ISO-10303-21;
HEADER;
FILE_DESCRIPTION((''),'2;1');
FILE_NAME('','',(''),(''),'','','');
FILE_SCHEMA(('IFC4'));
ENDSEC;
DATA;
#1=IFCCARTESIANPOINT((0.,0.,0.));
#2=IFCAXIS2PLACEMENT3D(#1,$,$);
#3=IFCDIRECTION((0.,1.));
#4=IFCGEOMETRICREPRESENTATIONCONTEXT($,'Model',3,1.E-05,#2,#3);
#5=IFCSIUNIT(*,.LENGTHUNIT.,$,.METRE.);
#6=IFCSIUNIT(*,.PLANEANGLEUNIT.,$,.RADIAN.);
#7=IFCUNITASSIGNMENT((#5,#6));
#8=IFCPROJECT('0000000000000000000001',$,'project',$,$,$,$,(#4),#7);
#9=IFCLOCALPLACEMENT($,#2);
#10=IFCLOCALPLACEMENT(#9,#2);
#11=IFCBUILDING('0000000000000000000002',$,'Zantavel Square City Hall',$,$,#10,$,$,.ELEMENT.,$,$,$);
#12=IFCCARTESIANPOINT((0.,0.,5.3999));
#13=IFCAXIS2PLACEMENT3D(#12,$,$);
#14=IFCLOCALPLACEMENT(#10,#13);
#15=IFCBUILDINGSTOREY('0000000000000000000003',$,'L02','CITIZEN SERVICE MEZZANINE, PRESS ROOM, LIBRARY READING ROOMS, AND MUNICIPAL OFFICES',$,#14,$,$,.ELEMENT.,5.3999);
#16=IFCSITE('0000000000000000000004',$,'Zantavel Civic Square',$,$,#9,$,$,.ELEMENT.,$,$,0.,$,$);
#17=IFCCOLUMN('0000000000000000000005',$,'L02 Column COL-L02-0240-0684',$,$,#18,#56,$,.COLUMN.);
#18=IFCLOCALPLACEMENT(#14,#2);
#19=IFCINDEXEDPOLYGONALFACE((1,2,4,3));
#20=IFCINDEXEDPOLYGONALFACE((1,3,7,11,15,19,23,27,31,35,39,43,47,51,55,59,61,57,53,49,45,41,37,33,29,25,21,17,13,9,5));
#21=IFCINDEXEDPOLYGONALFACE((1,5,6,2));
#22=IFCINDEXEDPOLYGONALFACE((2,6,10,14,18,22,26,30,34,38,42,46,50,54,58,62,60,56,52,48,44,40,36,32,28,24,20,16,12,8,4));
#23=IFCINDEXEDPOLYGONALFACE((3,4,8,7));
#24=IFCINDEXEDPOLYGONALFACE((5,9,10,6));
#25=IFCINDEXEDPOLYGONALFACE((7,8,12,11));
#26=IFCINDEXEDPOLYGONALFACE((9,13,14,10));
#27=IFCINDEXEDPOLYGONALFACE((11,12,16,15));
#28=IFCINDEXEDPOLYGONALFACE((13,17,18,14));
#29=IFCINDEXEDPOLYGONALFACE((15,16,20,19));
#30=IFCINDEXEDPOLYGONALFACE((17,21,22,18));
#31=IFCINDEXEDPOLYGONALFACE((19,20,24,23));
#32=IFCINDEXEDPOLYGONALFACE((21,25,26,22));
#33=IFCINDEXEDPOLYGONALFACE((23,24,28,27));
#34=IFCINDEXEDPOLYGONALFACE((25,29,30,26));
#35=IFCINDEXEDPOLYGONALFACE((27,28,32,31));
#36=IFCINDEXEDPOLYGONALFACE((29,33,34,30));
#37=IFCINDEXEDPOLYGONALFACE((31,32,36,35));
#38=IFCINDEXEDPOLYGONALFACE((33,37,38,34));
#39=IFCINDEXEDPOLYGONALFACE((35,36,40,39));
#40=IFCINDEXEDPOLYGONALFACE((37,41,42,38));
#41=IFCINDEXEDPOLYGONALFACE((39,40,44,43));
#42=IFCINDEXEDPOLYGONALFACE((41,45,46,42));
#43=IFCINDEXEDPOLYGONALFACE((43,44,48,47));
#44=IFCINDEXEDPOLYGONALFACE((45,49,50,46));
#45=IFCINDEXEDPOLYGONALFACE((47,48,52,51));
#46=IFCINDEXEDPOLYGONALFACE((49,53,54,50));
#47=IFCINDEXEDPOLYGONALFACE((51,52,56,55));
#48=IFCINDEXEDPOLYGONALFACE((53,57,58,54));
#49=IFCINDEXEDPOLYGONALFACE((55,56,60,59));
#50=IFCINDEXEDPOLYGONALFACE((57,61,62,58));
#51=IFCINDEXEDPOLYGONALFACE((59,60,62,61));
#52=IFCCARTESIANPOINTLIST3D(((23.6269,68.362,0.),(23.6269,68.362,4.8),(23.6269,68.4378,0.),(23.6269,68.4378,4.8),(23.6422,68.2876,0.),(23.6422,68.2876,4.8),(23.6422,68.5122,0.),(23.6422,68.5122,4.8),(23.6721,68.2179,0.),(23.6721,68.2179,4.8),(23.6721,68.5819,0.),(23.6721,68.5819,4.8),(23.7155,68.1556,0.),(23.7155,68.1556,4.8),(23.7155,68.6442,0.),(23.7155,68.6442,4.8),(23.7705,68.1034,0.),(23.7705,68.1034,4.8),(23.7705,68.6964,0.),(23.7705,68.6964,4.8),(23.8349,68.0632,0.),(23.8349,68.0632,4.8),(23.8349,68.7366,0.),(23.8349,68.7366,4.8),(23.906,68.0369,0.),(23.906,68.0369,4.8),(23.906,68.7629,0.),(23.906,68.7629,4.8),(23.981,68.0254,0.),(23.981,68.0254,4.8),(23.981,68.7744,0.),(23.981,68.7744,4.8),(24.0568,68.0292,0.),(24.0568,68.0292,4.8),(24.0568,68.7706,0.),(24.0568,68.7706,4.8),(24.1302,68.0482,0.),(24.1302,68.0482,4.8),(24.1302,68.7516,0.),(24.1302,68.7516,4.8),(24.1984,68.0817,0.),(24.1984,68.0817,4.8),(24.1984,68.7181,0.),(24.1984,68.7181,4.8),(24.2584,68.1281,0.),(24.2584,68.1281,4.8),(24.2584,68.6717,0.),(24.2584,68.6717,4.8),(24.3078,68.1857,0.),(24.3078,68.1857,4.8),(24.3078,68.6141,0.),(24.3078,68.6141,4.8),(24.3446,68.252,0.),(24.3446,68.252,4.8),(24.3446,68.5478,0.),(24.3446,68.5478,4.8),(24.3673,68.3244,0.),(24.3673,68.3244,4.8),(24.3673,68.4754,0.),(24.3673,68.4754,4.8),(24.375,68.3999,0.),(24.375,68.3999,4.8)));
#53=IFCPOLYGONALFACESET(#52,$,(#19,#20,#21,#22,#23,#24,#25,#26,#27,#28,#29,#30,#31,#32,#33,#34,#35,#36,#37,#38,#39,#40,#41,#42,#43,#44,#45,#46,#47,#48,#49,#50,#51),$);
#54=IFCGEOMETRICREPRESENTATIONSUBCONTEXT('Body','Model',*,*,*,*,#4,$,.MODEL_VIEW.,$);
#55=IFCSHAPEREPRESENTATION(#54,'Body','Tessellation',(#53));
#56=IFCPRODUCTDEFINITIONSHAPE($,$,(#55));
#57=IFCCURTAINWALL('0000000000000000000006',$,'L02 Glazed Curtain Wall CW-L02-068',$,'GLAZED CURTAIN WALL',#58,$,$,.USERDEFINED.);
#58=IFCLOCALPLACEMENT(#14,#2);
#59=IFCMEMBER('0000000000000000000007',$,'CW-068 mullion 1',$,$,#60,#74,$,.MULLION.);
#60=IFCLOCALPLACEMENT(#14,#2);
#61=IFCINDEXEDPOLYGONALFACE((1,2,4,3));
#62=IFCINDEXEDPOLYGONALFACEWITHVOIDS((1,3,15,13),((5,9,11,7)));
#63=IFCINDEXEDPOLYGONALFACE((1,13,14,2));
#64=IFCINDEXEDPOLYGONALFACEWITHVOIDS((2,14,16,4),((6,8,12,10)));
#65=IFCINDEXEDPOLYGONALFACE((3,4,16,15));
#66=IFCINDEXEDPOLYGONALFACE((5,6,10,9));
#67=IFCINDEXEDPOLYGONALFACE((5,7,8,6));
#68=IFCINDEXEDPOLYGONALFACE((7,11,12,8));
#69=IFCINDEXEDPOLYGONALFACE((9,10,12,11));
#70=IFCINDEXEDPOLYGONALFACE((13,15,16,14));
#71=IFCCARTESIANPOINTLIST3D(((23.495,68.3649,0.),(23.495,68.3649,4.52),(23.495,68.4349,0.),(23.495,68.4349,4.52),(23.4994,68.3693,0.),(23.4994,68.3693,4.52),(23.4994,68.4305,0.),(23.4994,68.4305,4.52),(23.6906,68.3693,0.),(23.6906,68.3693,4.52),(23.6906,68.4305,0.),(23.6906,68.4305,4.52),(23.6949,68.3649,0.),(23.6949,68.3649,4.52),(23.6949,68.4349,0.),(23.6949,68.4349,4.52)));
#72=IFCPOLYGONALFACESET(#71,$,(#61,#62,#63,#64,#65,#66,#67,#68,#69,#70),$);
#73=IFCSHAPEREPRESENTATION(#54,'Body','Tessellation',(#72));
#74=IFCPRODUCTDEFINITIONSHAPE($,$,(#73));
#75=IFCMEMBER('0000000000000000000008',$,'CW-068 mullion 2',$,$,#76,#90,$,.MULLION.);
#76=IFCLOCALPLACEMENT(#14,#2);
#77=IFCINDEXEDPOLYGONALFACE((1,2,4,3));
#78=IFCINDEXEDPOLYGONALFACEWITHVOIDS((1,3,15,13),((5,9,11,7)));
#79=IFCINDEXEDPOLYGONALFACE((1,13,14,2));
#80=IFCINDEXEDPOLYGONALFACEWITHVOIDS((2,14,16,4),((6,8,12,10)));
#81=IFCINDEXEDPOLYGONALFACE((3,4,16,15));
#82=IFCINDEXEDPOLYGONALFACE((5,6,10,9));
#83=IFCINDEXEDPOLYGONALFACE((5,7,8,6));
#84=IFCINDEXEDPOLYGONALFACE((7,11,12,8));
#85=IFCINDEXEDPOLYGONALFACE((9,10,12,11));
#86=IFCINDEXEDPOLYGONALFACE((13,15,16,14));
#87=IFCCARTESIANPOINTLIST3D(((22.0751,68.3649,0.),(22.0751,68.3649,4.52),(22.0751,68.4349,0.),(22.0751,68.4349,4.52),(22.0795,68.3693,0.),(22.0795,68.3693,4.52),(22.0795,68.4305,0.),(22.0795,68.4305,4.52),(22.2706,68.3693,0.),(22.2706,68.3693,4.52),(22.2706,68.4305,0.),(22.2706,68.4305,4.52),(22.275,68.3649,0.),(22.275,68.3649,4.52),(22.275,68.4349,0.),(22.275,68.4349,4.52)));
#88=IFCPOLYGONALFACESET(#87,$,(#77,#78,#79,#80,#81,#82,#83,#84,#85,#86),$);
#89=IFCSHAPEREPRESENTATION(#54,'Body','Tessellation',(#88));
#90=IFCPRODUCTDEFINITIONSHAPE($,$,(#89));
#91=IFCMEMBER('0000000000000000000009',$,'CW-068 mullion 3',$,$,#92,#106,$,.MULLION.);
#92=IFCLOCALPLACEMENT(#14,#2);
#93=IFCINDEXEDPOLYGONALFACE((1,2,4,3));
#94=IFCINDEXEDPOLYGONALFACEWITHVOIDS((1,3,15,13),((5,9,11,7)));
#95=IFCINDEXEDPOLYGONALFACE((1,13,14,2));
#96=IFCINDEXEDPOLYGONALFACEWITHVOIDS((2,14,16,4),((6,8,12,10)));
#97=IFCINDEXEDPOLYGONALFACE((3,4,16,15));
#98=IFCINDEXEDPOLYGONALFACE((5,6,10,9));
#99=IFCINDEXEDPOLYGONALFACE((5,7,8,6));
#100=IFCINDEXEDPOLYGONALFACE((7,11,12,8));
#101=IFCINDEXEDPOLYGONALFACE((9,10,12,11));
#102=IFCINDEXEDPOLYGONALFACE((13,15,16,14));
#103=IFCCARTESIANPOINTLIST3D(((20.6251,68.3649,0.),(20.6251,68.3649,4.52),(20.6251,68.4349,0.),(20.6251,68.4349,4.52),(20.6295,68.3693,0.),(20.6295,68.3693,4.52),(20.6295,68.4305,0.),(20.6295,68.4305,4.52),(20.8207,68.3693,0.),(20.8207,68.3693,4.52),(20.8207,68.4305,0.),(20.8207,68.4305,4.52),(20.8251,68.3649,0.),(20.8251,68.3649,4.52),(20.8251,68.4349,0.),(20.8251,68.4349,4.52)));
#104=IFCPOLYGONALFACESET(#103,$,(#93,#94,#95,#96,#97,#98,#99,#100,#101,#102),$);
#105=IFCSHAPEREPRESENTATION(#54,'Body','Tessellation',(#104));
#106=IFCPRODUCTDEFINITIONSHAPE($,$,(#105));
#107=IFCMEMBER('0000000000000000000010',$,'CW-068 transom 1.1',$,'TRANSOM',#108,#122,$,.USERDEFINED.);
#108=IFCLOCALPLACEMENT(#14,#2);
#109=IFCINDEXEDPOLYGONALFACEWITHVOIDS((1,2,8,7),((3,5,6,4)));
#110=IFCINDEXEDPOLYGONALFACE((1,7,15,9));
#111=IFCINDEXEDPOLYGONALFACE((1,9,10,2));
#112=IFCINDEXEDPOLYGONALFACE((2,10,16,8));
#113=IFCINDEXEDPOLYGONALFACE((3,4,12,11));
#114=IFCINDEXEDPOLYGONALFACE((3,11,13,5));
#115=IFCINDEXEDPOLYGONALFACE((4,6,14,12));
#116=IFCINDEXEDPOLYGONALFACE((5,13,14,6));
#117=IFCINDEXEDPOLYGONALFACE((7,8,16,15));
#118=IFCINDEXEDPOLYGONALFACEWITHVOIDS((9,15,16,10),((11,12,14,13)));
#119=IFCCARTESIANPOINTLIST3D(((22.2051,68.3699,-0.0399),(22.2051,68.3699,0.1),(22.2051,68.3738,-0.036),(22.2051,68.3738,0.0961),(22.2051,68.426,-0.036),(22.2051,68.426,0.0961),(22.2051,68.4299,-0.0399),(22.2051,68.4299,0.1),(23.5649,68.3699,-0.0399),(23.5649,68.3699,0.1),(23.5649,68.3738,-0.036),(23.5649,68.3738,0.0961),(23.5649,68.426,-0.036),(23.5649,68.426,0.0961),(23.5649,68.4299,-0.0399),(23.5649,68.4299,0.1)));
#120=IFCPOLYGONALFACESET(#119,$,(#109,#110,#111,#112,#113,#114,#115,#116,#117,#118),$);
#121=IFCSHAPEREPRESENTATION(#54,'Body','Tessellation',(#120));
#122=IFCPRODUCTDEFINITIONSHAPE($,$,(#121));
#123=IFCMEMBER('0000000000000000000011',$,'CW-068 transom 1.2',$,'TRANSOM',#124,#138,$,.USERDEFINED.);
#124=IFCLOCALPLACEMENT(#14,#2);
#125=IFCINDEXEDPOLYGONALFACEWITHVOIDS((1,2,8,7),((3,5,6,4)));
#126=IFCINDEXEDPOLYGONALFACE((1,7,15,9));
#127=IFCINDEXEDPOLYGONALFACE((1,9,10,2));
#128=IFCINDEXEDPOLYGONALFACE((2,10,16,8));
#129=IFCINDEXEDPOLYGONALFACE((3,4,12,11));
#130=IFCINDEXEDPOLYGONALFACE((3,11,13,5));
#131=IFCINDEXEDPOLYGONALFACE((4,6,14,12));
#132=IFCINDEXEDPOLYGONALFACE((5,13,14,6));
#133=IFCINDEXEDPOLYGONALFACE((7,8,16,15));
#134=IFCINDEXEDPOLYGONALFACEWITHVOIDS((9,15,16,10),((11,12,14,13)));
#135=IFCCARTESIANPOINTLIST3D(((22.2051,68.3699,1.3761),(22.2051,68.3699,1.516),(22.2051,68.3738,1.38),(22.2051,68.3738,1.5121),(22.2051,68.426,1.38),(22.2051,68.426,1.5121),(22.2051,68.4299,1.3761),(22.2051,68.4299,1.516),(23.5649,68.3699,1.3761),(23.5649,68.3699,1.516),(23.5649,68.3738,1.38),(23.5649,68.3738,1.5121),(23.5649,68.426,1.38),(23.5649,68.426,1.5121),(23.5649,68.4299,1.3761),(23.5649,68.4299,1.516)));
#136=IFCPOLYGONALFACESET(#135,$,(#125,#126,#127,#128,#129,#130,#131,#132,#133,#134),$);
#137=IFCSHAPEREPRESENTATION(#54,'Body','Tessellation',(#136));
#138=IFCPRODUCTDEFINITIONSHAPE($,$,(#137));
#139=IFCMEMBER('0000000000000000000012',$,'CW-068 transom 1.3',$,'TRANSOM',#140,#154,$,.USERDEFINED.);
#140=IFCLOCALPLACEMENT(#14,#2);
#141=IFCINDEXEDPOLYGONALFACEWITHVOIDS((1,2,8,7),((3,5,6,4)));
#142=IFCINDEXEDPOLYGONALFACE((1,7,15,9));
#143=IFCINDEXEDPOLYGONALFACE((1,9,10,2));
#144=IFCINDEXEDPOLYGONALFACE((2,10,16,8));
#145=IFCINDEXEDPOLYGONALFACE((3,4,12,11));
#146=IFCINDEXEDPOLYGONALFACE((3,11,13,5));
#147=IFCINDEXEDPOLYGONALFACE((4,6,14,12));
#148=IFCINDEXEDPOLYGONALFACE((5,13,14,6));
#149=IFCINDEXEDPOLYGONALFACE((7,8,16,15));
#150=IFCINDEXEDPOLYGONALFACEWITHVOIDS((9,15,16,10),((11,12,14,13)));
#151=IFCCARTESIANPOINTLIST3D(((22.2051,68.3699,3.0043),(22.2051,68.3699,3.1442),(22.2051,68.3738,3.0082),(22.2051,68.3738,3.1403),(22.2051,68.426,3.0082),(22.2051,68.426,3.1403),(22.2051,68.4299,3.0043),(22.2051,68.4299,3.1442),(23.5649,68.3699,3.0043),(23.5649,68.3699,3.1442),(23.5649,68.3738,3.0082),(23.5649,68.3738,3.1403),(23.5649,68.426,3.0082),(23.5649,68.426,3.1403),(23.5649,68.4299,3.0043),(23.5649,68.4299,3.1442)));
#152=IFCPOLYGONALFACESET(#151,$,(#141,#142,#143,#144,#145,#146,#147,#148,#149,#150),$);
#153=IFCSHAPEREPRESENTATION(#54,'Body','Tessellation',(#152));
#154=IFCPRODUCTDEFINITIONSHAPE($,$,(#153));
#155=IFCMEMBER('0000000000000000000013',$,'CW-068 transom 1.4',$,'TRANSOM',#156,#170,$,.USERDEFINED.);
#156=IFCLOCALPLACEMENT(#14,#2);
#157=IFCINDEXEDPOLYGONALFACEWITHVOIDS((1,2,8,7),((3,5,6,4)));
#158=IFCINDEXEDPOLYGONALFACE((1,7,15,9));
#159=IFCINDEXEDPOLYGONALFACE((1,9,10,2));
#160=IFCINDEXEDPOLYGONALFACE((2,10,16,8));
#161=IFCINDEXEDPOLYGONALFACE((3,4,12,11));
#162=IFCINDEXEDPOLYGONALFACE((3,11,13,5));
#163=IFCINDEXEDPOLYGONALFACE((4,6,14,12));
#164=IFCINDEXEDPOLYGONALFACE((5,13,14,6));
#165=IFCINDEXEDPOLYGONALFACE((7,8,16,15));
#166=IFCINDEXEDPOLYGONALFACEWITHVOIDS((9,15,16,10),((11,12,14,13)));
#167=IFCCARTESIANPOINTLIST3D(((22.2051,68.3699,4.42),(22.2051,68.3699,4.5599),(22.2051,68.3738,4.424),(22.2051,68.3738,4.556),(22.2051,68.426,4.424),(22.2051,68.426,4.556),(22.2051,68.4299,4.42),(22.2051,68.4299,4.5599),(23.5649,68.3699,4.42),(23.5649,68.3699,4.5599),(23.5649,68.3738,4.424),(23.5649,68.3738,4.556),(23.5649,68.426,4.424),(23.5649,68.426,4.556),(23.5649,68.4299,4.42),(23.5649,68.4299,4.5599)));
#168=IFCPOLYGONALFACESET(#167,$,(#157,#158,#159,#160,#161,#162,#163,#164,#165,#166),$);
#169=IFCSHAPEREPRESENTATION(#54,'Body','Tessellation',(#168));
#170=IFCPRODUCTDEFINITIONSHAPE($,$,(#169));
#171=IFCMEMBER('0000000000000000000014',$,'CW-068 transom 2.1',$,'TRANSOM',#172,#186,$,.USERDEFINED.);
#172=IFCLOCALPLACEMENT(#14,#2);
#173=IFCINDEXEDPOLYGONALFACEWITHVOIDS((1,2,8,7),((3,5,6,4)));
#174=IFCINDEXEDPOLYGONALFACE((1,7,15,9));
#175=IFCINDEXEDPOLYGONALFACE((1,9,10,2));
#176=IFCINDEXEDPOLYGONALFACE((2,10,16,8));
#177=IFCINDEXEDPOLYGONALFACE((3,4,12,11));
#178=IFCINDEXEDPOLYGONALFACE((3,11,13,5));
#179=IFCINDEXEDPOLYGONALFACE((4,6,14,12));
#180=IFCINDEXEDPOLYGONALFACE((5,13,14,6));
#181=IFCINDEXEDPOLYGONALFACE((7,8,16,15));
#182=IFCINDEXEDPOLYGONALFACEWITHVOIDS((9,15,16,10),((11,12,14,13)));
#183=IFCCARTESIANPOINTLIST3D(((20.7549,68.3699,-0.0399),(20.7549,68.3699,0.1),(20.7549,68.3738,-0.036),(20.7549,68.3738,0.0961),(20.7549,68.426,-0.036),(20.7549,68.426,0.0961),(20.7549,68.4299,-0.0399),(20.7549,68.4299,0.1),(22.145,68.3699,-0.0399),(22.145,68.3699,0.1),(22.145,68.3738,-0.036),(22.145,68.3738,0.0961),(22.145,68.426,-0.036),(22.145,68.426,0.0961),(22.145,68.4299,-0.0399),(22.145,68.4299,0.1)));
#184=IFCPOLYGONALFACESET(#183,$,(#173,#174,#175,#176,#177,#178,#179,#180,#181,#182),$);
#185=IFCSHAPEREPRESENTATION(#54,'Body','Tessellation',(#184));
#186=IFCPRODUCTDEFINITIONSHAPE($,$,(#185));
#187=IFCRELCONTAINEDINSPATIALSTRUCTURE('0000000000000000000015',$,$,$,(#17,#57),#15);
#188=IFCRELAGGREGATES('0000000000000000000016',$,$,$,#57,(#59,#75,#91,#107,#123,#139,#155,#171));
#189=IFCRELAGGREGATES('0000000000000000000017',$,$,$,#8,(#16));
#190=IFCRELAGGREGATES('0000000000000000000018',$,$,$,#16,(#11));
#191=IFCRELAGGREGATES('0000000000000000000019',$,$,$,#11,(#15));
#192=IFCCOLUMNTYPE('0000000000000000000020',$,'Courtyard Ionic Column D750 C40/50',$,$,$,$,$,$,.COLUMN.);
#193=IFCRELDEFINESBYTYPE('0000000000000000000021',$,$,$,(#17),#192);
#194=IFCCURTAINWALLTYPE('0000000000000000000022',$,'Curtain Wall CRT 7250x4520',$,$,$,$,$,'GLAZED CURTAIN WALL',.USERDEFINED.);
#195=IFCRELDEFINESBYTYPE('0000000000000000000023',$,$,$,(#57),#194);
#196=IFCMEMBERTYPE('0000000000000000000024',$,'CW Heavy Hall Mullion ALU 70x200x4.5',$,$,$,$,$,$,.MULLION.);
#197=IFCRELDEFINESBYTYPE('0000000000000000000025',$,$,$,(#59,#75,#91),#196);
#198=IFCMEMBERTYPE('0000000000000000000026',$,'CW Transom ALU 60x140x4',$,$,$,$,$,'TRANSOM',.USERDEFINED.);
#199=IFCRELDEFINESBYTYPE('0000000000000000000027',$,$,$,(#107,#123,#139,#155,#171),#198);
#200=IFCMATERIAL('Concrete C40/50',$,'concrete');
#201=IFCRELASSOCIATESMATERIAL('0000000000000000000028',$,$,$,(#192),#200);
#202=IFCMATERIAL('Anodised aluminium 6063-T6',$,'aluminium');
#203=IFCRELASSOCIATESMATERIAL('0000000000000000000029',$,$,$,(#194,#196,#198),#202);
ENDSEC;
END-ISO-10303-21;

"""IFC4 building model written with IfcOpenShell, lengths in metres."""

from ifc_helpers import new_model, si_unit, direction, frame, origin, origin_2d, place, context, subcontext, project, spatial, hollow_rectangle, circle, extrude, material, material_profile, profile_set, type_object, element, aggregate, save


model = new_model("IFC4")

# Units and contexts
model_context = context("Model", 3, precision=1e-05, world=origin(), true_north=direction((0.0, 1.0)))
body_context = subcontext(model_context, "Body", "Model", "MODEL_VIEW")
ifc_project = project(units=[si_unit("LENGTHUNIT", "METRE"), si_unit("PLANEANGLEUNIT", "RADIAN")], contexts=[model_context])

# Site, building, storey
site_placement = place(None, origin())
site = spatial("IfcSite", under=ifc_project, at=site_placement, Name="Zantavel Civic Square", CompositionType="ELEMENT", RefElevation=0.0)
building_placement = place(site_placement, origin())
building = spatial("IfcBuilding", under=site, at=building_placement, Name="Zantavel Square City Hall", CompositionType="ELEMENT")
storey_placement = place(building_placement, frame((0.0, 0.0, 5.3999)))
storey = spatial("IfcBuildingStorey", under=building, at=storey_placement, Name="L02", Description="CITIZEN SERVICE MEZZANINE, PRESS ROOM, LIBRARY READING ROOMS, AND MUNICIPAL OFFICES", CompositionType="ELEMENT", Elevation=5.3999)

# Column
ifc_material_1 = material(Name="Concrete C40/50", Category="concrete")
ifc_material_profile_1 = material_profile(ifc_material_1, circle(Radius=0.375, at=origin_2d()), Name="ROUND D750")
ifc_profile_set_1 = profile_set([ifc_material_profile_1], Name="Concrete C40/50")
column_type = type_object("IfcColumnType", Name="Courtyard Ionic Column D750 C40/50", PredefinedType="COLUMN", material=ifc_profile_set_1)
column_placement = place(storey_placement, frame((24.0, 68.3999, 0.0), z_axis=(0.0, 0.0, 1.0), x_axis=(1.0, 0.0, 0.0)))
element("IfcColumn", 1, at=column_placement, inside=storey, type_object=column_type, Name="L02 Column COL-L02-0240-0684", PredefinedType="COLUMN", context=body_context, shape_type="SweptSolid", body=[
    extrude(circle(Radius=0.375, at=origin_2d()), origin(), (0.0, 0.0, 1.0), 4.8),
])

# Curtain wall, members
ifc_material_2 = material(Name="Anodised aluminium 6063-T6", Category="aluminium")
curtain_wall_type = type_object("IfcCurtainWallType", Name="Curtain Wall CRT 7250x4520", ElementType="GLAZED CURTAIN WALL", PredefinedType="USERDEFINED", material=ifc_material_2)
curtain_wall_placement = place(storey_placement, origin())
curtain_wall = element("IfcCurtainWall", 2, at=curtain_wall_placement, inside=storey, type_object=curtain_wall_type, Name="L02 Glazed Curtain Wall CW-L02-068", ObjectType="GLAZED CURTAIN WALL", PredefinedType="USERDEFINED")
ifc_material_profile_2 = material_profile(ifc_material_2, hollow_rectangle(XDim=0.0701, YDim=0.2, WallThickness=0.0044, at=origin_2d()), Name="ALU 70x200x4.5")
ifc_profile_set_2 = profile_set([ifc_material_profile_2], Name="Anodised aluminium 6063-T6")
member_type_1 = type_object("IfcMemberType", Name="CW Heavy Hall Mullion ALU 70x200x4.5", PredefinedType="MULLION", material=ifc_profile_set_2)
member_1_placement = place(storey_placement, frame((23.595, 68.3999, 0.0), z_axis=(0.0, 0.0, 1.0), x_axis=(0.0, -1.0, 0.0)))
member_1 = element("IfcMember", 3, at=member_1_placement, type_object=member_type_1, Name="CW-068 mullion 1", PredefinedType="MULLION", context=body_context, shape_type="SweptSolid", body=[
    extrude(hollow_rectangle(XDim=0.0701, YDim=0.2, WallThickness=0.0044, at=origin_2d()), origin(), (0.0, 0.0, 1.0), 4.52),
])
member_2_placement = place(storey_placement, frame((22.175, 68.3999, 0.0), z_axis=(0.0, 0.0, 1.0), x_axis=(0.0, -1.0, 0.0)))
member_2 = element("IfcMember", 4, at=member_2_placement, type_object=member_type_1, Name="CW-068 mullion 2", PredefinedType="MULLION", context=body_context, shape_type="SweptSolid", body=[
    extrude(hollow_rectangle(XDim=0.0701, YDim=0.2, WallThickness=0.0044, at=origin_2d()), origin(), (0.0, 0.0, 1.0), 4.52),
])
member_3_placement = place(storey_placement, frame((20.7251, 68.3999, 0.0), z_axis=(0.0, 0.0, 1.0), x_axis=(0.0, -1.0, 0.0)))
member_3 = element("IfcMember", 5, at=member_3_placement, type_object=member_type_1, Name="CW-068 mullion 3", PredefinedType="MULLION", context=body_context, shape_type="SweptSolid", body=[
    extrude(hollow_rectangle(XDim=0.0701, YDim=0.2, WallThickness=0.0044, at=origin_2d()), origin(), (0.0, 0.0, 1.0), 4.52),
])
ifc_material_profile_3 = material_profile(ifc_material_2, hollow_rectangle(XDim=0.0601, YDim=0.1399, WallThickness=0.0039, at=origin_2d()), Name="ALU 60x140x4")
ifc_profile_set_3 = profile_set([ifc_material_profile_3], Name="Anodised aluminium 6063-T6")
member_type_2 = type_object("IfcMemberType", Name="CW Transom ALU 60x140x4", ElementType="TRANSOM", PredefinedType="USERDEFINED", material=ifc_profile_set_3)
member_4_placement = place(storey_placement, frame((23.5649, 68.3999, 0.03), z_axis=(-1.0, 0.0, 0.0), x_axis=(0.0, -1.0, 0.0)))
member_4 = element("IfcMember", 6, at=member_4_placement, type_object=member_type_2, Name="CW-068 transom 1.1", ObjectType="TRANSOM", PredefinedType="USERDEFINED", context=body_context, shape_type="SweptSolid", body=[
    extrude(hollow_rectangle(XDim=0.0601, YDim=0.1399, WallThickness=0.0039, at=origin_2d()), origin(), (0.0, 0.0, 1.0), 1.3599),
])
member_5_placement = place(storey_placement, frame((23.5649, 68.3999, 1.446), z_axis=(-1.0, 0.0, 0.0), x_axis=(0.0, -1.0, 0.0)))
member_5 = element("IfcMember", 7, at=member_5_placement, type_object=member_type_2, Name="CW-068 transom 1.2", ObjectType="TRANSOM", PredefinedType="USERDEFINED", context=body_context, shape_type="SweptSolid", body=[
    extrude(hollow_rectangle(XDim=0.0601, YDim=0.1399, WallThickness=0.0039, at=origin_2d()), origin(), (0.0, 0.0, 1.0), 1.3599),
])
member_6_placement = place(storey_placement, frame((23.5649, 68.3999, 3.0742), z_axis=(-1.0, 0.0, 0.0), x_axis=(0.0, -1.0, 0.0)))
member_6 = element("IfcMember", 8, at=member_6_placement, type_object=member_type_2, Name="CW-068 transom 1.3", ObjectType="TRANSOM", PredefinedType="USERDEFINED", context=body_context, shape_type="SweptSolid", body=[
    extrude(hollow_rectangle(XDim=0.0601, YDim=0.1399, WallThickness=0.0039, at=origin_2d()), origin(), (0.0, 0.0, 1.0), 1.3599),
])
member_7_placement = place(storey_placement, frame((23.5649, 68.3999, 4.49), z_axis=(-1.0, 0.0, 0.0), x_axis=(0.0, -1.0, 0.0)))
member_7 = element("IfcMember", 9, at=member_7_placement, type_object=member_type_2, Name="CW-068 transom 1.4", ObjectType="TRANSOM", PredefinedType="USERDEFINED", context=body_context, shape_type="SweptSolid", body=[
    extrude(hollow_rectangle(XDim=0.0601, YDim=0.1399, WallThickness=0.0039, at=origin_2d()), origin(), (0.0, 0.0, 1.0), 1.3599),
])
member_8_placement = place(storey_placement, frame((22.145, 68.3999, 0.03), z_axis=(-1.0, 0.0, 0.0), x_axis=(0.0, -1.0, 0.0)))
member_8 = element("IfcMember", 10, at=member_8_placement, type_object=member_type_2, Name="CW-068 transom 2.1", ObjectType="TRANSOM", PredefinedType="USERDEFINED", context=body_context, shape_type="SweptSolid", body=[
    extrude(hollow_rectangle(XDim=0.0601, YDim=0.1399, WallThickness=0.0039, at=origin_2d()), origin(), (0.0, 0.0, 1.0), 1.3901),
])
aggregate(curtain_wall, [member_1, member_2, member_3, member_4, member_5, member_6, member_7, member_8])

save(model, "model.ifc")
